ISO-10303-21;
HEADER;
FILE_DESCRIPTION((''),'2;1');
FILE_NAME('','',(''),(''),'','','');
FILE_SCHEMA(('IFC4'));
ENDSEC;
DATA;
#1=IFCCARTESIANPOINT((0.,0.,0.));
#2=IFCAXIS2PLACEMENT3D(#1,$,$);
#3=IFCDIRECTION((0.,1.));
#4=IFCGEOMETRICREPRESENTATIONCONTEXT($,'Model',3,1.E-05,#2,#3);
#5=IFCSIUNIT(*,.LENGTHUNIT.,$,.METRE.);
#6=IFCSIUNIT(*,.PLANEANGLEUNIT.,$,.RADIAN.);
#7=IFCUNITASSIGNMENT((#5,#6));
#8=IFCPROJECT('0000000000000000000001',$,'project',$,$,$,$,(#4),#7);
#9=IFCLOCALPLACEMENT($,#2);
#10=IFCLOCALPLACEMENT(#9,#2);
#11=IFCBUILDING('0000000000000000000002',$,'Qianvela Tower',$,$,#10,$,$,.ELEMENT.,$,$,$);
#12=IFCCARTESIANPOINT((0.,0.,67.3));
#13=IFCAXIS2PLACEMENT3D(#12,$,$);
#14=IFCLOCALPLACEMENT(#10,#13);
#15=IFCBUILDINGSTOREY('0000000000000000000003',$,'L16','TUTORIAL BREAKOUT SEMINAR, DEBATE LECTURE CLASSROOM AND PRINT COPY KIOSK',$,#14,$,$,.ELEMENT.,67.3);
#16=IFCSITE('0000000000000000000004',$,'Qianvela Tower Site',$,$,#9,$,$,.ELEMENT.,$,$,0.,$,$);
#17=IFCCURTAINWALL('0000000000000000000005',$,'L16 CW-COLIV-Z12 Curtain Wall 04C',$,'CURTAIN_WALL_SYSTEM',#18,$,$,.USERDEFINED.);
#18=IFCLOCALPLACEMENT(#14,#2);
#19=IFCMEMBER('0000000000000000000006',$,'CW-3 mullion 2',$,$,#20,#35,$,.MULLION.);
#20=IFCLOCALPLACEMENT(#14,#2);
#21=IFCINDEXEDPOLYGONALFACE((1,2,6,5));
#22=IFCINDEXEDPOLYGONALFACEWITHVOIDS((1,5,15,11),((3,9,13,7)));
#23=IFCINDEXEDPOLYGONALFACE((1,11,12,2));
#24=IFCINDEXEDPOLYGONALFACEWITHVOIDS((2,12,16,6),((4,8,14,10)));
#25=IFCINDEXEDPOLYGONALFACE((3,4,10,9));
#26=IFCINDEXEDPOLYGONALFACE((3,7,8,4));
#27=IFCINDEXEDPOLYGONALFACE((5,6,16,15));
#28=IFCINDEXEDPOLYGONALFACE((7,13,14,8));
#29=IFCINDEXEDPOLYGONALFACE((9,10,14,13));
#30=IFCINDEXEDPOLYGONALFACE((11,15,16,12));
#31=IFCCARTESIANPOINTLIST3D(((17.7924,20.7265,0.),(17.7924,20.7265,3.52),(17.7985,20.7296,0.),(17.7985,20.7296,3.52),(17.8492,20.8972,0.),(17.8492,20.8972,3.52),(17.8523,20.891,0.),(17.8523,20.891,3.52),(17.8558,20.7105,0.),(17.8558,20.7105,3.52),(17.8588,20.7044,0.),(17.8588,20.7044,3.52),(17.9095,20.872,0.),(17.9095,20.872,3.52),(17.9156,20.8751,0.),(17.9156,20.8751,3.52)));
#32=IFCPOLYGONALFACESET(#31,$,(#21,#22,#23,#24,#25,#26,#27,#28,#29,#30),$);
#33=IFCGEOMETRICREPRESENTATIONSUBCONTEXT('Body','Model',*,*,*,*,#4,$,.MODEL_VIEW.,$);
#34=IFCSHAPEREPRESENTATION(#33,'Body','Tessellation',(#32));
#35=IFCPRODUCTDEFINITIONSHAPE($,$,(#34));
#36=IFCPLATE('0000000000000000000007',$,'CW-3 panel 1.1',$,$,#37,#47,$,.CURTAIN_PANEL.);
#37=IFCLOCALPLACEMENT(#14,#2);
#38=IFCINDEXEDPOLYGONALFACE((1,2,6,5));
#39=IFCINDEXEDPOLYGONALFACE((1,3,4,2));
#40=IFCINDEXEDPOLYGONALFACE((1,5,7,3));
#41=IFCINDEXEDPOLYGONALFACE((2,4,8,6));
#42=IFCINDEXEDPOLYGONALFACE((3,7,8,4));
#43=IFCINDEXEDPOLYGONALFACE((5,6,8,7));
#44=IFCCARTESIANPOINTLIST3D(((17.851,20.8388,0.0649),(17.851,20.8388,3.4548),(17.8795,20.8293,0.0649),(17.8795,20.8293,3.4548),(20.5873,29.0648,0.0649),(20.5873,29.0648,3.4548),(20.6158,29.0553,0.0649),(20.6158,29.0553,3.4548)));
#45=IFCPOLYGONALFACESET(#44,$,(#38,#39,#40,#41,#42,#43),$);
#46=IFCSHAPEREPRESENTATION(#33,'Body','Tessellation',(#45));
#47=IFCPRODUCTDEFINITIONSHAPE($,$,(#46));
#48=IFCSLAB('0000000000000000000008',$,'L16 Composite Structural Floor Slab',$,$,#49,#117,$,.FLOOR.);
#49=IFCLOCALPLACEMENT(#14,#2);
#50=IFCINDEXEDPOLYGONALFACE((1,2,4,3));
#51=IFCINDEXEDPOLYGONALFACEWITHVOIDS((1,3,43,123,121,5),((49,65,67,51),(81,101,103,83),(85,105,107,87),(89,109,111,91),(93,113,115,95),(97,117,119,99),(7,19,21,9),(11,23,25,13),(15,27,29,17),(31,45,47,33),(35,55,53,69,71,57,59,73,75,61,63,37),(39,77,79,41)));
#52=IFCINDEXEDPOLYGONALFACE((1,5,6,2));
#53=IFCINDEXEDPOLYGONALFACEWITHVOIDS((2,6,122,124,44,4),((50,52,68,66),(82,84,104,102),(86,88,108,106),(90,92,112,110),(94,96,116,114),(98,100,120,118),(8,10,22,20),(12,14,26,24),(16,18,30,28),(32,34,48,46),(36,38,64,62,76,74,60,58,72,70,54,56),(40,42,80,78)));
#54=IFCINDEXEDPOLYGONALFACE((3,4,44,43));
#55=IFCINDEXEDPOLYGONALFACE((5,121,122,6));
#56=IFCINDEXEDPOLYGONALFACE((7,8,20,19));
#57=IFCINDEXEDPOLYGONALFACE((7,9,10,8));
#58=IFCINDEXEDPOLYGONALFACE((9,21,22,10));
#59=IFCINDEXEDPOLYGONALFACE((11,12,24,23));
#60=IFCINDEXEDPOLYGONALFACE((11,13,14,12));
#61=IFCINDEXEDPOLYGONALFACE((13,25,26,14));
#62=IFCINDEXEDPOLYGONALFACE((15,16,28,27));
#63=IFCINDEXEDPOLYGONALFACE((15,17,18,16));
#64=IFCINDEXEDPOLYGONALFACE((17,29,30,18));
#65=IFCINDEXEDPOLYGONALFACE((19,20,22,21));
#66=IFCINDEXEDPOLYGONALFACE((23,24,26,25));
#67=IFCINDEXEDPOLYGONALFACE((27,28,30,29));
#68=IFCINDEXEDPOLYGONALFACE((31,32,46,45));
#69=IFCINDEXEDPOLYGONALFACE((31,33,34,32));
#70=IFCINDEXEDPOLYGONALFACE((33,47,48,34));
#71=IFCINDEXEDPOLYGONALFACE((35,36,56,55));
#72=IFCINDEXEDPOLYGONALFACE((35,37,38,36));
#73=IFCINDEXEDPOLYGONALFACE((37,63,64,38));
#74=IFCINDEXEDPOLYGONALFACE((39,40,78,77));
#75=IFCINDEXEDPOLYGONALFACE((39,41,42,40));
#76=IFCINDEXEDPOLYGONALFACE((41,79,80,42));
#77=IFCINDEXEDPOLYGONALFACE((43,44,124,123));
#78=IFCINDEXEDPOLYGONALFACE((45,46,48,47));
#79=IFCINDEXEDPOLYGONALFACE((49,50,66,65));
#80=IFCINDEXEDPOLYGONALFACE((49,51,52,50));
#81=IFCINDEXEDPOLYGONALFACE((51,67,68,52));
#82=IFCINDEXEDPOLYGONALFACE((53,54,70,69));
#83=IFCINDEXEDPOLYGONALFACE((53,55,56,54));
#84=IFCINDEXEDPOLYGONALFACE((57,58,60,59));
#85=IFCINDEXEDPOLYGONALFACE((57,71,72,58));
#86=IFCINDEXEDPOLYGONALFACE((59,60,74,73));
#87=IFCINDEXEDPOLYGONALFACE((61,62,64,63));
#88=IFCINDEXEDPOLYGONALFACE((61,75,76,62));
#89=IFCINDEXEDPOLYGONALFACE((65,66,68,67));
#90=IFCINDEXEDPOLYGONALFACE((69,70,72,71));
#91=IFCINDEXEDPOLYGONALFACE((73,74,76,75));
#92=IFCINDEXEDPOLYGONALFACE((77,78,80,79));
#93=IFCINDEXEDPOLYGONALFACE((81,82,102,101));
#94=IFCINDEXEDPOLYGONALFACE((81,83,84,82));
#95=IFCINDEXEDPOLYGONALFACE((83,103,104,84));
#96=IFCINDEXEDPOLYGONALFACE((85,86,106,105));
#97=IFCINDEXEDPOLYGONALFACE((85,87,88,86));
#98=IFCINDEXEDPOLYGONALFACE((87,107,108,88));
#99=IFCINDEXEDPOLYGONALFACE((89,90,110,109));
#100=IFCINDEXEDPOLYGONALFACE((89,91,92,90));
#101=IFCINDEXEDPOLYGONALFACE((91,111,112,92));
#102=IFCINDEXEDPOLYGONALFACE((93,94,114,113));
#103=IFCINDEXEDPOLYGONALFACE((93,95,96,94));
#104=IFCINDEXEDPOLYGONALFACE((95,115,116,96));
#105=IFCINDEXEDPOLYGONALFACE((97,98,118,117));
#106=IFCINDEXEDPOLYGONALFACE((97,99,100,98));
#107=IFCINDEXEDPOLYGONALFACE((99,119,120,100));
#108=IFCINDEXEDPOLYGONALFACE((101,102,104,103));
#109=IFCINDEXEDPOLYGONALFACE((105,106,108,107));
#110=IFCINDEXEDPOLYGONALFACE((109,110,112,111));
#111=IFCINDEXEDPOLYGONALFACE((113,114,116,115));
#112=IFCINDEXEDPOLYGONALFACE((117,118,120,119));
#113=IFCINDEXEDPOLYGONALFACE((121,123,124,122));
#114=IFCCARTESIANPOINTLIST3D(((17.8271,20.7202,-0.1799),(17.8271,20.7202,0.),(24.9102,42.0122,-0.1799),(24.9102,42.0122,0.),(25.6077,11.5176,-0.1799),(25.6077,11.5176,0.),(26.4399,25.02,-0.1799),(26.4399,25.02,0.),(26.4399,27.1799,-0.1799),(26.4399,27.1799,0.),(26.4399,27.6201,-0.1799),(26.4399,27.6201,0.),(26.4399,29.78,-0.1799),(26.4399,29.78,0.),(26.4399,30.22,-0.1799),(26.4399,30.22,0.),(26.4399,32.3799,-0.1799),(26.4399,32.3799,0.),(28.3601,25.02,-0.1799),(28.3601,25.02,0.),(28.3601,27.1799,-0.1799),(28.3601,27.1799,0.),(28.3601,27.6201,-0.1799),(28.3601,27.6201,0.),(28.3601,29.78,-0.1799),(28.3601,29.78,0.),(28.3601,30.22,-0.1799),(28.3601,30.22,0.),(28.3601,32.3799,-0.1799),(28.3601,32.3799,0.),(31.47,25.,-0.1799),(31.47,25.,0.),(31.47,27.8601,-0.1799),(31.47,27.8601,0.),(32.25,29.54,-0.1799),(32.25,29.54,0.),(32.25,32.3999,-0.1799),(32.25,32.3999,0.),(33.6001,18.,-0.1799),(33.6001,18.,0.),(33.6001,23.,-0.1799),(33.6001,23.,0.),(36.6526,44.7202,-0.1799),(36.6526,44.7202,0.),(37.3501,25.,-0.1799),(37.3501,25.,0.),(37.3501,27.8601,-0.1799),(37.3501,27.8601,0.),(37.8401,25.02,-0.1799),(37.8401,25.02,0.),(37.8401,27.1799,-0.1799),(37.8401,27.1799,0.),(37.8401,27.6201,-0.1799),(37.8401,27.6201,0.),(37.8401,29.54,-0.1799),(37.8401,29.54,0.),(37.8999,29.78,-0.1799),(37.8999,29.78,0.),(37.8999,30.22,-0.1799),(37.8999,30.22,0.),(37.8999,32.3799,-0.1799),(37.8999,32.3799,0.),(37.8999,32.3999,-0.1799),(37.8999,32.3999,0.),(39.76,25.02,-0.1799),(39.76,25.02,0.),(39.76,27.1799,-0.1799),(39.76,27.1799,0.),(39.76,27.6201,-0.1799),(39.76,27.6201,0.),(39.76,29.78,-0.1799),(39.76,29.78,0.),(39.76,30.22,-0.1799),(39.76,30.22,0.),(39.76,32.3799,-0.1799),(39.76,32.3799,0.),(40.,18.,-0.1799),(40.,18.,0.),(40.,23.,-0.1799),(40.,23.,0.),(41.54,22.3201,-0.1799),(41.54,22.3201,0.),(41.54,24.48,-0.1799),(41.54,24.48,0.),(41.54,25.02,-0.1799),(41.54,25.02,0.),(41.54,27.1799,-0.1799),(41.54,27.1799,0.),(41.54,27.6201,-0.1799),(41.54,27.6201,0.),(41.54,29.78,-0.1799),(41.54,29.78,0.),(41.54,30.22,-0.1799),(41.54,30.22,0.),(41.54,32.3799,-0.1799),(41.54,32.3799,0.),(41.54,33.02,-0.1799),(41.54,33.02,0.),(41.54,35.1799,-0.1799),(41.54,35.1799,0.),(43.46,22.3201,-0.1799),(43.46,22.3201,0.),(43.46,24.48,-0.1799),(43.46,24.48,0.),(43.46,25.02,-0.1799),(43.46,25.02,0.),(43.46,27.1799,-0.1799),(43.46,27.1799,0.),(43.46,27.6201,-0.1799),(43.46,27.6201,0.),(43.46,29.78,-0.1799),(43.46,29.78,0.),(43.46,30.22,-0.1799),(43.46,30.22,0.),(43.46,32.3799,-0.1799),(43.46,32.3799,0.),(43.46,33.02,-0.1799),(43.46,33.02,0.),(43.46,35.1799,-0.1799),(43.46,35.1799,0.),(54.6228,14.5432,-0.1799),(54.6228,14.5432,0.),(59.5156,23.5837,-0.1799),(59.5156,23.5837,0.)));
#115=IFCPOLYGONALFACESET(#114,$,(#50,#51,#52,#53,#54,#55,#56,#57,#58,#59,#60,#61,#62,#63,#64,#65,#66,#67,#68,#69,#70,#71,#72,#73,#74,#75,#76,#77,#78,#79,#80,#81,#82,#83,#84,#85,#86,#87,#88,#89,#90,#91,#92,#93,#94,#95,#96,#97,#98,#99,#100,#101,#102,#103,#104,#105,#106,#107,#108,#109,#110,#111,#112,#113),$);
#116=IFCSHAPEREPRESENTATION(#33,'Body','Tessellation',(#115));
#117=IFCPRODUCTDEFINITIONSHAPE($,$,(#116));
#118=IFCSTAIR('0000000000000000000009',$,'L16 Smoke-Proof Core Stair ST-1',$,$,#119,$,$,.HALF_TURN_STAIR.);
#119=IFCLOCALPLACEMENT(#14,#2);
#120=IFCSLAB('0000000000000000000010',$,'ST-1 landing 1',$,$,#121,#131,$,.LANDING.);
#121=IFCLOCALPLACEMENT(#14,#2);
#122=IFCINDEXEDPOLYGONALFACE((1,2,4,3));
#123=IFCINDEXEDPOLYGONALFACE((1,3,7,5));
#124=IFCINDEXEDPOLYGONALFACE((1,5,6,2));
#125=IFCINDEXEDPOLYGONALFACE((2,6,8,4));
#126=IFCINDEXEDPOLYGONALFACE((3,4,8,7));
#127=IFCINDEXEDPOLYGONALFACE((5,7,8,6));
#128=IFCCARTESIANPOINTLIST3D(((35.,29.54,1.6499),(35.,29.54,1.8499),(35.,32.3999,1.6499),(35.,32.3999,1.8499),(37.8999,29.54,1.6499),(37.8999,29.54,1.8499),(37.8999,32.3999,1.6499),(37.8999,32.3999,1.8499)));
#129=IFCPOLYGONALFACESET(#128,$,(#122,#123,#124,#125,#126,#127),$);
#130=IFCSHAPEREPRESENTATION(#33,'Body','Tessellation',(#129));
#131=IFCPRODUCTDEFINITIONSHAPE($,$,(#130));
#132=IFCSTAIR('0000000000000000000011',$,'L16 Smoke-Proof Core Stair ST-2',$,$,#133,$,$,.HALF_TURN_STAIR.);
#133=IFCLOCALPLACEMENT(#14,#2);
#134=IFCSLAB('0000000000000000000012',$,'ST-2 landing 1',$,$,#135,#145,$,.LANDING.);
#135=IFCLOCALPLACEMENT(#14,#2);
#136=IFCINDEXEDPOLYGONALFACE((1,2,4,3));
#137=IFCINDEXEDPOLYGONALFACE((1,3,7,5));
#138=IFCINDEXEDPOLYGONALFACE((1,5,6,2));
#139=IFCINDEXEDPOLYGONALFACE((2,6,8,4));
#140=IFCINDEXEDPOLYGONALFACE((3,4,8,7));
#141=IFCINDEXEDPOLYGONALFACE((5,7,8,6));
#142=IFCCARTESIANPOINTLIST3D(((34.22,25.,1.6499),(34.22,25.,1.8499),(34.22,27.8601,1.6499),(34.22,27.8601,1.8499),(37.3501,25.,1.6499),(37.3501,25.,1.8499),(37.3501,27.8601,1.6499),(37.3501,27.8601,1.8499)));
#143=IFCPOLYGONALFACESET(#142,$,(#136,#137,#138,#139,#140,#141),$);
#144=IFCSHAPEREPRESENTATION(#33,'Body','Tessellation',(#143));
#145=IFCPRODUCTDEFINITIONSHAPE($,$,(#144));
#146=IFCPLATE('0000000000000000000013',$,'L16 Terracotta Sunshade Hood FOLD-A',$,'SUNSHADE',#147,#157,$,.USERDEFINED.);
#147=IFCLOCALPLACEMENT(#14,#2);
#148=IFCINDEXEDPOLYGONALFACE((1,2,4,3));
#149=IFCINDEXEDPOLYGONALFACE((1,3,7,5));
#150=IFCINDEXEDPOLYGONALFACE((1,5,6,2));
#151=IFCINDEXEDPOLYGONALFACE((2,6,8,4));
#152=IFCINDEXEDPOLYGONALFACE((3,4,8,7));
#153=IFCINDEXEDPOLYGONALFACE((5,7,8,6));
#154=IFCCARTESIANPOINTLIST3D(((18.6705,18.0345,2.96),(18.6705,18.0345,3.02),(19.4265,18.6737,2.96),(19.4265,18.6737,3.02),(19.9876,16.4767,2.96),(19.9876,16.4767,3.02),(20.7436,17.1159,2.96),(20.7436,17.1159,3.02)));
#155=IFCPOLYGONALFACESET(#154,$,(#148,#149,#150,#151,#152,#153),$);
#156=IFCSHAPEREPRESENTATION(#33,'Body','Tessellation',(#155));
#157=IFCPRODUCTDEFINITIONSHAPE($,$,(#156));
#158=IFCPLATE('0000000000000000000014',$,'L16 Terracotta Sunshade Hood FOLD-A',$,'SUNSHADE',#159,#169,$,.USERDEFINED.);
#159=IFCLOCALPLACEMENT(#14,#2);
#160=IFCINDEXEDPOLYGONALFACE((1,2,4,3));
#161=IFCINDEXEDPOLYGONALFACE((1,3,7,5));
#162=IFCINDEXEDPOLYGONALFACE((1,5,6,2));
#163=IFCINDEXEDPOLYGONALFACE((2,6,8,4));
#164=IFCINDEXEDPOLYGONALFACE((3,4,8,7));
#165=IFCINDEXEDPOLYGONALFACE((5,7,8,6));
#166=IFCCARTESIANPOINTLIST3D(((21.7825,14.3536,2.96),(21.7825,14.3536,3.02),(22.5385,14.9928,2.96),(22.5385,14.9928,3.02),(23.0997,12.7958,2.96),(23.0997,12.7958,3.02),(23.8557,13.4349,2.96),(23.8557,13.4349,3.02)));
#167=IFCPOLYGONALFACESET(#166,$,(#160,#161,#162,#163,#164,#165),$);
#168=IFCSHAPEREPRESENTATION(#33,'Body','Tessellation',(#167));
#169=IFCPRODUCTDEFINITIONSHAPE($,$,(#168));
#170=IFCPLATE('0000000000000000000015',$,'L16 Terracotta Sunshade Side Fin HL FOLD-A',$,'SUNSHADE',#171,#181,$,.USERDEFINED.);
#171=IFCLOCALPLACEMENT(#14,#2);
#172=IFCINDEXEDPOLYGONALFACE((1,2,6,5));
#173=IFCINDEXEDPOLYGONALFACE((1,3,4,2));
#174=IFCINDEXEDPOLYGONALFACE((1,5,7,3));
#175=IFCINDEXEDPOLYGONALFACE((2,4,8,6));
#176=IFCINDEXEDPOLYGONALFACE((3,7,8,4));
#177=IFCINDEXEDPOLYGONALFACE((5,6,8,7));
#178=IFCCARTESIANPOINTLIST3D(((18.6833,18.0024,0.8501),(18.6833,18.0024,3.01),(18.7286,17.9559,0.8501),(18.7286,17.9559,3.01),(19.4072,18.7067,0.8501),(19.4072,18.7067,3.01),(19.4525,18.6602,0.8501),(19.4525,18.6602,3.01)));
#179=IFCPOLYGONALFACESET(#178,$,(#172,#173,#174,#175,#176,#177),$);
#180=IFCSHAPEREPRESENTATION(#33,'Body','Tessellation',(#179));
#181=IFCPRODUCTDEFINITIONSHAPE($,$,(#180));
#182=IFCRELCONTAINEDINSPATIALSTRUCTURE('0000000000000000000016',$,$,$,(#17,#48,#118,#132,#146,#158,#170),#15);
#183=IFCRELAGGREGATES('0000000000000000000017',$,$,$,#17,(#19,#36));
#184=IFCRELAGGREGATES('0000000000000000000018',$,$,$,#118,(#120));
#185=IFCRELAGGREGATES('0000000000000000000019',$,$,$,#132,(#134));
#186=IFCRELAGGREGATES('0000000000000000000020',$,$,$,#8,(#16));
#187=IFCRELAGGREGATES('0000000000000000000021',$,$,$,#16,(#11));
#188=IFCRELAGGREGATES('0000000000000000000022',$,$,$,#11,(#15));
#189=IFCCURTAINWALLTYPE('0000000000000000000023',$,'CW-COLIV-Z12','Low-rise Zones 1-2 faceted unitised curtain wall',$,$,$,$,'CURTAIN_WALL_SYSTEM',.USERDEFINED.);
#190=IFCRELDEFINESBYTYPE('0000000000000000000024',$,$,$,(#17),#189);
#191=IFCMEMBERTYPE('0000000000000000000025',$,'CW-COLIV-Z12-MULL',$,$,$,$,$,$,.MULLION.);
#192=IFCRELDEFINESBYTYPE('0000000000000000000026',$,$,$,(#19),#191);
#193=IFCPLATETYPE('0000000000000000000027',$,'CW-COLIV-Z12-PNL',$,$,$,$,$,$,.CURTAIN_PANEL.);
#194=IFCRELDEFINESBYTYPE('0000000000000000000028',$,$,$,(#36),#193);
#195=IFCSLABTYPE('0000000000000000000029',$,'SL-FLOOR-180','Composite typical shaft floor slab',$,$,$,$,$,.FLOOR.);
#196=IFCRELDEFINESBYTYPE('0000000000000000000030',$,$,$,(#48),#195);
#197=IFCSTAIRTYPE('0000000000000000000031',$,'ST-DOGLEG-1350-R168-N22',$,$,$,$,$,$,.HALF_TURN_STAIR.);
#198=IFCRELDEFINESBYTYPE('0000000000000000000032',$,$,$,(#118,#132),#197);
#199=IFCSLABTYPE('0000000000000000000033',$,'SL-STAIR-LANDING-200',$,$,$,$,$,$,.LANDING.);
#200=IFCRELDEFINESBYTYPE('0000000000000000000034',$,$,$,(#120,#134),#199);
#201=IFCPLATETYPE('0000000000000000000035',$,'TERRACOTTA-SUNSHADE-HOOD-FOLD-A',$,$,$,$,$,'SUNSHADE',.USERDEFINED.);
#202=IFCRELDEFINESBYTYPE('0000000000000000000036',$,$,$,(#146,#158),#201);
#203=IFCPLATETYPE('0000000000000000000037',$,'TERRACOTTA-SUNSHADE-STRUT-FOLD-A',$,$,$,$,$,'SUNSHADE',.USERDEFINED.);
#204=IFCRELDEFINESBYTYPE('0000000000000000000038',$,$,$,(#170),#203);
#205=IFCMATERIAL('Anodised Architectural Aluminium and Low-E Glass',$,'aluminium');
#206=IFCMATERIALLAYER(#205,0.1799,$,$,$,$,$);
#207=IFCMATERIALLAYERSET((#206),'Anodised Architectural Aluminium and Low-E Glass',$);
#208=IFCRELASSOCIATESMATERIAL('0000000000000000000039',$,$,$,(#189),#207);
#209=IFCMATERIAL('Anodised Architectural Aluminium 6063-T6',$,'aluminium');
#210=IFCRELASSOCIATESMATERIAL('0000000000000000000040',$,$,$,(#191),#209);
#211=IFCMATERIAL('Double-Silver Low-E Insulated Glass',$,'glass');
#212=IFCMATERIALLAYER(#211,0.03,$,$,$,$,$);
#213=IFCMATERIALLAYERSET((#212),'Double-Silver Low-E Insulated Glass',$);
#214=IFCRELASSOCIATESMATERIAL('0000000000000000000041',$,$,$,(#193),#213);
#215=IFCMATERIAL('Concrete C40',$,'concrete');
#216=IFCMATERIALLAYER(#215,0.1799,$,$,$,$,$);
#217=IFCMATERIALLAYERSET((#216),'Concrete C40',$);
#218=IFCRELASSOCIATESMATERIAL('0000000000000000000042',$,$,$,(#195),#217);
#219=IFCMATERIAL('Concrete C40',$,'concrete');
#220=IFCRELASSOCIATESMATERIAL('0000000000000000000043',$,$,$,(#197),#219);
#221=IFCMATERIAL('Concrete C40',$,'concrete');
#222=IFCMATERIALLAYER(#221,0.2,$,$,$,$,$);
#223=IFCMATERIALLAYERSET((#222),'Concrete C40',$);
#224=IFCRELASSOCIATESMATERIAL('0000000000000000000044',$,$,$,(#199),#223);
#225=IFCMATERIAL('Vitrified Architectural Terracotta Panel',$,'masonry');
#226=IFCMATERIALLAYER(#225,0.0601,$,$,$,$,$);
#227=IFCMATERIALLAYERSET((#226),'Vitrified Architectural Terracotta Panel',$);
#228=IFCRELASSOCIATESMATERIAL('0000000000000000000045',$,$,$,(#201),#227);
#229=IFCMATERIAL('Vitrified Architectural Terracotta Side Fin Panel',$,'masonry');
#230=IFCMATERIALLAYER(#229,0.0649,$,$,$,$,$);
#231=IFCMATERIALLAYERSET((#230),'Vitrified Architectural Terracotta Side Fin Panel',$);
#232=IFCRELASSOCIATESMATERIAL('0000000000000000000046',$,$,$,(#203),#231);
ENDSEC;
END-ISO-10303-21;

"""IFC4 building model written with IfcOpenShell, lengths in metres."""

from ifc_helpers import new_model, si_unit, direction, frame, origin, origin_2d, place, context, subcontext, project, spatial, polyline, rectangle, hollow_rectangle, outline, extrude, material, layer, layer_set, material_profile, profile_set, type_object, element, aggregate, save


model = new_model("IFC4")

# Units and contexts
model_context = context("Model", 3, precision=1e-05, world=origin(), true_north=direction((0.0, 1.0)))
body_context = subcontext(model_context, "Body", "Model", "MODEL_VIEW")
ifc_project = project(units=[si_unit("LENGTHUNIT", "METRE"), si_unit("PLANEANGLEUNIT", "RADIAN")], contexts=[model_context])

# Site, building, storey
site_placement = place(None, origin())
site = spatial("IfcSite", under=ifc_project, at=site_placement, Name="Qianvela Tower Site", CompositionType="ELEMENT", RefElevation=0.0)
building_placement = place(site_placement, origin())
building = spatial("IfcBuilding", under=site, at=building_placement, Name="Qianvela Tower", CompositionType="ELEMENT")
storey_placement = place(building_placement, frame((0.0, 0.0, 67.3)))
storey = spatial("IfcBuildingStorey", under=building, at=storey_placement, Name="L16", Description="TUTORIAL BREAKOUT SEMINAR, DEBATE LECTURE CLASSROOM AND PRINT COPY KIOSK", CompositionType="ELEMENT", Elevation=67.3)

# Curtain wall, member, plate
ifc_material_1 = material(Name="Anodised Architectural Aluminium and Low-E Glass", Category="aluminium")
ifc_layer_1 = layer(ifc_material_1, 0.1799)
ifc_layer_set_1 = layer_set([ifc_layer_1], Name="Anodised Architectural Aluminium and Low-E Glass")
curtain_wall_type = type_object("IfcCurtainWallType", Name="CW-COLIV-Z12", Description="Low-rise Zones 1-2 faceted unitised curtain wall", ElementType="CURTAIN_WALL_SYSTEM", PredefinedType="USERDEFINED", material=ifc_layer_set_1)
curtain_wall_placement = place(storey_placement, origin())
curtain_wall = element("IfcCurtainWall", 1, at=curtain_wall_placement, inside=storey, type_object=curtain_wall_type, Name="L16 CW-COLIV-Z12 Curtain Wall 04C", ObjectType="CURTAIN_WALL_SYSTEM", PredefinedType="USERDEFINED")
ifc_material_2 = material(Name="Anodised Architectural Aluminium 6063-T6", Category="aluminium")
ifc_material_profile = material_profile(ifc_material_2, hollow_rectangle(XDim=0.0701, YDim=0.1799, WallThickness=0.0049, at=origin_2d()), Name="ALU-MULL-70x180")
ifc_profile_set = profile_set([ifc_material_profile], Name="Anodised Architectural Aluminium 6063-T6")
member_type = type_object("IfcMemberType", Name="CW-COLIV-Z12-MULL", PredefinedType="MULLION", material=ifc_profile_set)
member_placement = place(storey_placement, frame((17.854, 20.8008, 0.0), z_axis=(0.0, 0.0, 1.0), x_axis=(0.948877, -0.315645, 0.0)))
member = element("IfcMember", 2, at=member_placement, type_object=member_type, Name="CW-3 mullion 2", PredefinedType="MULLION", context=body_context, shape_type="SweptSolid", body=[
    extrude(hollow_rectangle(XDim=0.0701, YDim=0.1799, WallThickness=0.0049, at=origin_2d()), origin(), (0.0, 0.0, 1.0), 3.52),
])
ifc_material_3 = material(Name="Double-Silver Low-E Insulated Glass", Category="glass")
ifc_layer_2 = layer(ifc_material_3, 0.03)
ifc_layer_set_2 = layer_set([ifc_layer_2], Name="Double-Silver Low-E Insulated Glass")
plate_type_1 = type_object("IfcPlateType", Name="CW-COLIV-Z12-PNL", PredefinedType="CURTAIN_PANEL", material=ifc_layer_set_2)
plate_placement = place(storey_placement, frame((19.2334, 24.947, 0.0649), z_axis=(0.0, 0.0, 1.0), x_axis=(-0.315645, -0.948877, 0.0)))
plate = element("IfcPlate", 3, at=plate_placement, type_object=plate_type_1, Name="CW-3 panel 1.1", PredefinedType="CURTAIN_PANEL", context=body_context, shape_type="SweptSolid", body=[
    extrude(rectangle(XDim=8.6692, YDim=0.03, at=origin_2d()), origin(), (0.0, 0.0, 1.0), 3.3899),
])
aggregate(curtain_wall, [member, plate])

# Slab
ifc_material_4 = material(Name="Concrete C40", Category="concrete")
ifc_layer_3 = layer(ifc_material_4, 0.1799)
ifc_layer_set_3 = layer_set([ifc_layer_3], Name="Concrete C40")
slab_type_1 = type_object("IfcSlabType", Name="SL-FLOOR-180", Description="Composite typical shaft floor slab", PredefinedType="FLOOR", material=ifc_layer_set_3)
slab_1_placement = place(storey_placement, frame((0.0, 0.0, -0.1799)))
element("IfcSlab", 4, at=slab_1_placement, inside=storey, type_object=slab_type_1, Name="L16 Composite Structural Floor Slab", PredefinedType="FLOOR", context=body_context, shape_type="SweptSolid", body=[
    extrude(outline(polyline([(54.6228, 14.5432), (59.5156, 23.5837), (36.6526, 44.7202), (24.9102, 42.0122), (17.8271, 20.7202), (25.6077, 11.5176), (54.6228, 14.5432)]), holes=[polyline([(40.0, 23.0), (33.6001, 23.0), (33.6001, 18.0), (40.0, 18.0), (40.0, 23.0)]), polyline([(28.3601, 25.02), (28.3601, 27.1799), (26.4399, 27.1799), (26.4399, 25.02), (28.3601, 25.02)]), polyline([(37.3501, 25.0), (37.3501, 27.8601), (31.47, 27.8601), (31.47, 25.0), (37.3501, 25.0)]), polyline([(28.3601, 27.6201), (28.3601, 29.78), (26.4399, 29.78), (26.4399, 27.6201), (28.3601, 27.6201)]), polyline([(37.8999, 32.3799), (37.8999, 32.3999), (32.25, 32.3999), (32.25, 29.54), (37.8401, 29.54), (37.8401, 27.6201), (39.76, 27.6201), (39.76, 29.78), (37.8999, 29.78), (37.8999, 30.22), (39.76, 30.22), (39.76, 32.3799), (37.8999, 32.3799)]), polyline([(28.3601, 30.22), (28.3601, 32.3799), (26.4399, 32.3799), (26.4399, 30.22), (28.3601, 30.22)]), polyline([(43.46, 24.48), (41.54, 24.48), (41.54, 22.3201), (43.46, 22.3201), (43.46, 24.48)]), polyline([(39.76, 25.02), (39.76, 27.1799), (37.8401, 27.1799), (37.8401, 25.02), (39.76, 25.02)]), polyline([(43.46, 25.02), (43.46, 27.1799), (41.54, 27.1799), (41.54, 25.02), (43.46, 25.02)]), polyline([(43.46, 27.6201), (43.46, 29.78), (41.54, 29.78), (41.54, 27.6201), (43.46, 27.6201)]), polyline([(43.46, 30.22), (43.46, 32.3799), (41.54, 32.3799), (41.54, 30.22), (43.46, 30.22)]), polyline([(43.46, 33.02), (43.46, 35.1799), (41.54, 35.1799), (41.54, 33.02), (43.46, 33.02)])]), origin(), (0.0, 0.0, 1.0), 0.1799),
])

# Stairs, slabs
ifc_material_5 = material(Name="Concrete C40", Category="concrete")
stair_type = type_object("IfcStairType", Name="ST-DOGLEG-1350-R168-N22", PredefinedType="HALF_TURN_STAIR", material=ifc_material_5)
stair_1_placement = place(storey_placement, origin())
stair_1 = element("IfcStair", 5, at=stair_1_placement, inside=storey, type_object=stair_type, Name="L16 Smoke-Proof Core Stair ST-1", PredefinedType="HALF_TURN_STAIR")
ifc_material_6 = material(Name="Concrete C40", Category="concrete")
ifc_layer_4 = layer(ifc_material_6, 0.2)
ifc_layer_set_4 = layer_set([ifc_layer_4], Name="Concrete C40")
slab_type_2 = type_object("IfcSlabType", Name="SL-STAIR-LANDING-200", PredefinedType="LANDING", material=ifc_layer_set_4)
slab_2_placement = place(storey_placement, frame((0.0, 0.0, 1.6499)))
slab_2 = element("IfcSlab", 6, at=slab_2_placement, type_object=slab_type_2, Name="ST-1 landing 1", PredefinedType="LANDING", context=body_context, shape_type="SweptSolid", body=[
    extrude(outline(polyline([(35.0, 29.54), (37.8999, 29.54), (37.8999, 32.3999), (35.0, 32.3999), (35.0, 29.54)])), origin(), (0.0, 0.0, 1.0), 0.2),
])
aggregate(stair_1, [slab_2])
stair_2_placement = place(storey_placement, origin())
stair_2 = element("IfcStair", 7, at=stair_2_placement, inside=storey, type_object=stair_type, Name="L16 Smoke-Proof Core Stair ST-2", PredefinedType="HALF_TURN_STAIR")
slab_3_placement = place(storey_placement, frame((0.0, 0.0, 1.6499)))
slab_3 = element("IfcSlab", 8, at=slab_3_placement, type_object=slab_type_2, Name="ST-2 landing 1", PredefinedType="LANDING", context=body_context, shape_type="SweptSolid", body=[
    extrude(outline(polyline([(34.22, 25.0), (37.3501, 25.0), (37.3501, 27.8601), (34.22, 27.8601), (34.22, 25.0)])), origin(), (0.0, 0.0, 1.0), 0.2),
])
aggregate(stair_2, [slab_3])

# Plates
ifc_material_7 = material(Name="Vitrified Architectural Terracotta Panel", Category="masonry")
ifc_layer_5 = layer(ifc_material_7, 0.0601)
ifc_layer_set_5 = layer_set([ifc_layer_5], Name="Vitrified Architectural Terracotta Panel")
plate_type_2 = type_object("IfcPlateType", Name="TERRACOTTA-SUNSHADE-HOOD-FOLD-A", ElementType="SUNSHADE", PredefinedType="USERDEFINED", material=ifc_layer_set_5)
for number, where, z_axis, x_axis, name in (
    (9, (19.707, 17.5752, 2.96), (0.0, 0.0, 1.0), (0.64564, -0.763642, 0.0), "L16 Terracotta Sunshade Hood FOLD-A"),
    (10, (22.8191, 13.8943, 2.96), (0.0, 0.0, 1.0), (0.64564, -0.763642, 0.0), "L16 Terracotta Sunshade Hood FOLD-A"),
):
    element("IfcPlate", number, at=place(storey_placement, frame(where, z_axis=z_axis, x_axis=x_axis)), inside=storey, type_object=plate_type_2, Name=name, ObjectType="SUNSHADE", PredefinedType="USERDEFINED", context=body_context, shape_type="SweptSolid", body=[
        extrude(rectangle(XDim=2.04, YDim=0.99, at=origin_2d()), origin(), (0.0, 0.0, 1.0), 0.0601),
    ])
ifc_material_8 = material(Name="Vitrified Architectural Terracotta Side Fin Panel", Category="masonry")
ifc_layer_6 = layer(ifc_material_8, 0.0649)
ifc_layer_set_6 = layer_set([ifc_layer_6], Name="Vitrified Architectural Terracotta Side Fin Panel")
plate_type_3 = type_object("IfcPlateType", Name="TERRACOTTA-SUNSHADE-STRUT-FOLD-A", ElementType="SUNSHADE", PredefinedType="USERDEFINED", material=ifc_layer_set_6)
for number, where, z_axis, x_axis, name in (
    (11, (19.0679, 18.3313, 0.8501), (0.0, 0.0, 1.0), (0.697337, -0.716744, 0.0), "L16 Terracotta Sunshade Side Fin HL FOLD-A"),
):
    element("IfcPlate", number, at=place(storey_placement, frame(where, z_axis=z_axis, x_axis=x_axis)), inside=storey, type_object=plate_type_3, Name=name, ObjectType="SUNSHADE", PredefinedType="USERDEFINED", context=body_context, shape_type="SweptSolid", body=[
        extrude(rectangle(XDim=0.0649, YDim=1.01, at=origin_2d()), origin(), (0.0, 0.0, 1.0), 2.1599),
    ])

save(model, "model.ifc")
